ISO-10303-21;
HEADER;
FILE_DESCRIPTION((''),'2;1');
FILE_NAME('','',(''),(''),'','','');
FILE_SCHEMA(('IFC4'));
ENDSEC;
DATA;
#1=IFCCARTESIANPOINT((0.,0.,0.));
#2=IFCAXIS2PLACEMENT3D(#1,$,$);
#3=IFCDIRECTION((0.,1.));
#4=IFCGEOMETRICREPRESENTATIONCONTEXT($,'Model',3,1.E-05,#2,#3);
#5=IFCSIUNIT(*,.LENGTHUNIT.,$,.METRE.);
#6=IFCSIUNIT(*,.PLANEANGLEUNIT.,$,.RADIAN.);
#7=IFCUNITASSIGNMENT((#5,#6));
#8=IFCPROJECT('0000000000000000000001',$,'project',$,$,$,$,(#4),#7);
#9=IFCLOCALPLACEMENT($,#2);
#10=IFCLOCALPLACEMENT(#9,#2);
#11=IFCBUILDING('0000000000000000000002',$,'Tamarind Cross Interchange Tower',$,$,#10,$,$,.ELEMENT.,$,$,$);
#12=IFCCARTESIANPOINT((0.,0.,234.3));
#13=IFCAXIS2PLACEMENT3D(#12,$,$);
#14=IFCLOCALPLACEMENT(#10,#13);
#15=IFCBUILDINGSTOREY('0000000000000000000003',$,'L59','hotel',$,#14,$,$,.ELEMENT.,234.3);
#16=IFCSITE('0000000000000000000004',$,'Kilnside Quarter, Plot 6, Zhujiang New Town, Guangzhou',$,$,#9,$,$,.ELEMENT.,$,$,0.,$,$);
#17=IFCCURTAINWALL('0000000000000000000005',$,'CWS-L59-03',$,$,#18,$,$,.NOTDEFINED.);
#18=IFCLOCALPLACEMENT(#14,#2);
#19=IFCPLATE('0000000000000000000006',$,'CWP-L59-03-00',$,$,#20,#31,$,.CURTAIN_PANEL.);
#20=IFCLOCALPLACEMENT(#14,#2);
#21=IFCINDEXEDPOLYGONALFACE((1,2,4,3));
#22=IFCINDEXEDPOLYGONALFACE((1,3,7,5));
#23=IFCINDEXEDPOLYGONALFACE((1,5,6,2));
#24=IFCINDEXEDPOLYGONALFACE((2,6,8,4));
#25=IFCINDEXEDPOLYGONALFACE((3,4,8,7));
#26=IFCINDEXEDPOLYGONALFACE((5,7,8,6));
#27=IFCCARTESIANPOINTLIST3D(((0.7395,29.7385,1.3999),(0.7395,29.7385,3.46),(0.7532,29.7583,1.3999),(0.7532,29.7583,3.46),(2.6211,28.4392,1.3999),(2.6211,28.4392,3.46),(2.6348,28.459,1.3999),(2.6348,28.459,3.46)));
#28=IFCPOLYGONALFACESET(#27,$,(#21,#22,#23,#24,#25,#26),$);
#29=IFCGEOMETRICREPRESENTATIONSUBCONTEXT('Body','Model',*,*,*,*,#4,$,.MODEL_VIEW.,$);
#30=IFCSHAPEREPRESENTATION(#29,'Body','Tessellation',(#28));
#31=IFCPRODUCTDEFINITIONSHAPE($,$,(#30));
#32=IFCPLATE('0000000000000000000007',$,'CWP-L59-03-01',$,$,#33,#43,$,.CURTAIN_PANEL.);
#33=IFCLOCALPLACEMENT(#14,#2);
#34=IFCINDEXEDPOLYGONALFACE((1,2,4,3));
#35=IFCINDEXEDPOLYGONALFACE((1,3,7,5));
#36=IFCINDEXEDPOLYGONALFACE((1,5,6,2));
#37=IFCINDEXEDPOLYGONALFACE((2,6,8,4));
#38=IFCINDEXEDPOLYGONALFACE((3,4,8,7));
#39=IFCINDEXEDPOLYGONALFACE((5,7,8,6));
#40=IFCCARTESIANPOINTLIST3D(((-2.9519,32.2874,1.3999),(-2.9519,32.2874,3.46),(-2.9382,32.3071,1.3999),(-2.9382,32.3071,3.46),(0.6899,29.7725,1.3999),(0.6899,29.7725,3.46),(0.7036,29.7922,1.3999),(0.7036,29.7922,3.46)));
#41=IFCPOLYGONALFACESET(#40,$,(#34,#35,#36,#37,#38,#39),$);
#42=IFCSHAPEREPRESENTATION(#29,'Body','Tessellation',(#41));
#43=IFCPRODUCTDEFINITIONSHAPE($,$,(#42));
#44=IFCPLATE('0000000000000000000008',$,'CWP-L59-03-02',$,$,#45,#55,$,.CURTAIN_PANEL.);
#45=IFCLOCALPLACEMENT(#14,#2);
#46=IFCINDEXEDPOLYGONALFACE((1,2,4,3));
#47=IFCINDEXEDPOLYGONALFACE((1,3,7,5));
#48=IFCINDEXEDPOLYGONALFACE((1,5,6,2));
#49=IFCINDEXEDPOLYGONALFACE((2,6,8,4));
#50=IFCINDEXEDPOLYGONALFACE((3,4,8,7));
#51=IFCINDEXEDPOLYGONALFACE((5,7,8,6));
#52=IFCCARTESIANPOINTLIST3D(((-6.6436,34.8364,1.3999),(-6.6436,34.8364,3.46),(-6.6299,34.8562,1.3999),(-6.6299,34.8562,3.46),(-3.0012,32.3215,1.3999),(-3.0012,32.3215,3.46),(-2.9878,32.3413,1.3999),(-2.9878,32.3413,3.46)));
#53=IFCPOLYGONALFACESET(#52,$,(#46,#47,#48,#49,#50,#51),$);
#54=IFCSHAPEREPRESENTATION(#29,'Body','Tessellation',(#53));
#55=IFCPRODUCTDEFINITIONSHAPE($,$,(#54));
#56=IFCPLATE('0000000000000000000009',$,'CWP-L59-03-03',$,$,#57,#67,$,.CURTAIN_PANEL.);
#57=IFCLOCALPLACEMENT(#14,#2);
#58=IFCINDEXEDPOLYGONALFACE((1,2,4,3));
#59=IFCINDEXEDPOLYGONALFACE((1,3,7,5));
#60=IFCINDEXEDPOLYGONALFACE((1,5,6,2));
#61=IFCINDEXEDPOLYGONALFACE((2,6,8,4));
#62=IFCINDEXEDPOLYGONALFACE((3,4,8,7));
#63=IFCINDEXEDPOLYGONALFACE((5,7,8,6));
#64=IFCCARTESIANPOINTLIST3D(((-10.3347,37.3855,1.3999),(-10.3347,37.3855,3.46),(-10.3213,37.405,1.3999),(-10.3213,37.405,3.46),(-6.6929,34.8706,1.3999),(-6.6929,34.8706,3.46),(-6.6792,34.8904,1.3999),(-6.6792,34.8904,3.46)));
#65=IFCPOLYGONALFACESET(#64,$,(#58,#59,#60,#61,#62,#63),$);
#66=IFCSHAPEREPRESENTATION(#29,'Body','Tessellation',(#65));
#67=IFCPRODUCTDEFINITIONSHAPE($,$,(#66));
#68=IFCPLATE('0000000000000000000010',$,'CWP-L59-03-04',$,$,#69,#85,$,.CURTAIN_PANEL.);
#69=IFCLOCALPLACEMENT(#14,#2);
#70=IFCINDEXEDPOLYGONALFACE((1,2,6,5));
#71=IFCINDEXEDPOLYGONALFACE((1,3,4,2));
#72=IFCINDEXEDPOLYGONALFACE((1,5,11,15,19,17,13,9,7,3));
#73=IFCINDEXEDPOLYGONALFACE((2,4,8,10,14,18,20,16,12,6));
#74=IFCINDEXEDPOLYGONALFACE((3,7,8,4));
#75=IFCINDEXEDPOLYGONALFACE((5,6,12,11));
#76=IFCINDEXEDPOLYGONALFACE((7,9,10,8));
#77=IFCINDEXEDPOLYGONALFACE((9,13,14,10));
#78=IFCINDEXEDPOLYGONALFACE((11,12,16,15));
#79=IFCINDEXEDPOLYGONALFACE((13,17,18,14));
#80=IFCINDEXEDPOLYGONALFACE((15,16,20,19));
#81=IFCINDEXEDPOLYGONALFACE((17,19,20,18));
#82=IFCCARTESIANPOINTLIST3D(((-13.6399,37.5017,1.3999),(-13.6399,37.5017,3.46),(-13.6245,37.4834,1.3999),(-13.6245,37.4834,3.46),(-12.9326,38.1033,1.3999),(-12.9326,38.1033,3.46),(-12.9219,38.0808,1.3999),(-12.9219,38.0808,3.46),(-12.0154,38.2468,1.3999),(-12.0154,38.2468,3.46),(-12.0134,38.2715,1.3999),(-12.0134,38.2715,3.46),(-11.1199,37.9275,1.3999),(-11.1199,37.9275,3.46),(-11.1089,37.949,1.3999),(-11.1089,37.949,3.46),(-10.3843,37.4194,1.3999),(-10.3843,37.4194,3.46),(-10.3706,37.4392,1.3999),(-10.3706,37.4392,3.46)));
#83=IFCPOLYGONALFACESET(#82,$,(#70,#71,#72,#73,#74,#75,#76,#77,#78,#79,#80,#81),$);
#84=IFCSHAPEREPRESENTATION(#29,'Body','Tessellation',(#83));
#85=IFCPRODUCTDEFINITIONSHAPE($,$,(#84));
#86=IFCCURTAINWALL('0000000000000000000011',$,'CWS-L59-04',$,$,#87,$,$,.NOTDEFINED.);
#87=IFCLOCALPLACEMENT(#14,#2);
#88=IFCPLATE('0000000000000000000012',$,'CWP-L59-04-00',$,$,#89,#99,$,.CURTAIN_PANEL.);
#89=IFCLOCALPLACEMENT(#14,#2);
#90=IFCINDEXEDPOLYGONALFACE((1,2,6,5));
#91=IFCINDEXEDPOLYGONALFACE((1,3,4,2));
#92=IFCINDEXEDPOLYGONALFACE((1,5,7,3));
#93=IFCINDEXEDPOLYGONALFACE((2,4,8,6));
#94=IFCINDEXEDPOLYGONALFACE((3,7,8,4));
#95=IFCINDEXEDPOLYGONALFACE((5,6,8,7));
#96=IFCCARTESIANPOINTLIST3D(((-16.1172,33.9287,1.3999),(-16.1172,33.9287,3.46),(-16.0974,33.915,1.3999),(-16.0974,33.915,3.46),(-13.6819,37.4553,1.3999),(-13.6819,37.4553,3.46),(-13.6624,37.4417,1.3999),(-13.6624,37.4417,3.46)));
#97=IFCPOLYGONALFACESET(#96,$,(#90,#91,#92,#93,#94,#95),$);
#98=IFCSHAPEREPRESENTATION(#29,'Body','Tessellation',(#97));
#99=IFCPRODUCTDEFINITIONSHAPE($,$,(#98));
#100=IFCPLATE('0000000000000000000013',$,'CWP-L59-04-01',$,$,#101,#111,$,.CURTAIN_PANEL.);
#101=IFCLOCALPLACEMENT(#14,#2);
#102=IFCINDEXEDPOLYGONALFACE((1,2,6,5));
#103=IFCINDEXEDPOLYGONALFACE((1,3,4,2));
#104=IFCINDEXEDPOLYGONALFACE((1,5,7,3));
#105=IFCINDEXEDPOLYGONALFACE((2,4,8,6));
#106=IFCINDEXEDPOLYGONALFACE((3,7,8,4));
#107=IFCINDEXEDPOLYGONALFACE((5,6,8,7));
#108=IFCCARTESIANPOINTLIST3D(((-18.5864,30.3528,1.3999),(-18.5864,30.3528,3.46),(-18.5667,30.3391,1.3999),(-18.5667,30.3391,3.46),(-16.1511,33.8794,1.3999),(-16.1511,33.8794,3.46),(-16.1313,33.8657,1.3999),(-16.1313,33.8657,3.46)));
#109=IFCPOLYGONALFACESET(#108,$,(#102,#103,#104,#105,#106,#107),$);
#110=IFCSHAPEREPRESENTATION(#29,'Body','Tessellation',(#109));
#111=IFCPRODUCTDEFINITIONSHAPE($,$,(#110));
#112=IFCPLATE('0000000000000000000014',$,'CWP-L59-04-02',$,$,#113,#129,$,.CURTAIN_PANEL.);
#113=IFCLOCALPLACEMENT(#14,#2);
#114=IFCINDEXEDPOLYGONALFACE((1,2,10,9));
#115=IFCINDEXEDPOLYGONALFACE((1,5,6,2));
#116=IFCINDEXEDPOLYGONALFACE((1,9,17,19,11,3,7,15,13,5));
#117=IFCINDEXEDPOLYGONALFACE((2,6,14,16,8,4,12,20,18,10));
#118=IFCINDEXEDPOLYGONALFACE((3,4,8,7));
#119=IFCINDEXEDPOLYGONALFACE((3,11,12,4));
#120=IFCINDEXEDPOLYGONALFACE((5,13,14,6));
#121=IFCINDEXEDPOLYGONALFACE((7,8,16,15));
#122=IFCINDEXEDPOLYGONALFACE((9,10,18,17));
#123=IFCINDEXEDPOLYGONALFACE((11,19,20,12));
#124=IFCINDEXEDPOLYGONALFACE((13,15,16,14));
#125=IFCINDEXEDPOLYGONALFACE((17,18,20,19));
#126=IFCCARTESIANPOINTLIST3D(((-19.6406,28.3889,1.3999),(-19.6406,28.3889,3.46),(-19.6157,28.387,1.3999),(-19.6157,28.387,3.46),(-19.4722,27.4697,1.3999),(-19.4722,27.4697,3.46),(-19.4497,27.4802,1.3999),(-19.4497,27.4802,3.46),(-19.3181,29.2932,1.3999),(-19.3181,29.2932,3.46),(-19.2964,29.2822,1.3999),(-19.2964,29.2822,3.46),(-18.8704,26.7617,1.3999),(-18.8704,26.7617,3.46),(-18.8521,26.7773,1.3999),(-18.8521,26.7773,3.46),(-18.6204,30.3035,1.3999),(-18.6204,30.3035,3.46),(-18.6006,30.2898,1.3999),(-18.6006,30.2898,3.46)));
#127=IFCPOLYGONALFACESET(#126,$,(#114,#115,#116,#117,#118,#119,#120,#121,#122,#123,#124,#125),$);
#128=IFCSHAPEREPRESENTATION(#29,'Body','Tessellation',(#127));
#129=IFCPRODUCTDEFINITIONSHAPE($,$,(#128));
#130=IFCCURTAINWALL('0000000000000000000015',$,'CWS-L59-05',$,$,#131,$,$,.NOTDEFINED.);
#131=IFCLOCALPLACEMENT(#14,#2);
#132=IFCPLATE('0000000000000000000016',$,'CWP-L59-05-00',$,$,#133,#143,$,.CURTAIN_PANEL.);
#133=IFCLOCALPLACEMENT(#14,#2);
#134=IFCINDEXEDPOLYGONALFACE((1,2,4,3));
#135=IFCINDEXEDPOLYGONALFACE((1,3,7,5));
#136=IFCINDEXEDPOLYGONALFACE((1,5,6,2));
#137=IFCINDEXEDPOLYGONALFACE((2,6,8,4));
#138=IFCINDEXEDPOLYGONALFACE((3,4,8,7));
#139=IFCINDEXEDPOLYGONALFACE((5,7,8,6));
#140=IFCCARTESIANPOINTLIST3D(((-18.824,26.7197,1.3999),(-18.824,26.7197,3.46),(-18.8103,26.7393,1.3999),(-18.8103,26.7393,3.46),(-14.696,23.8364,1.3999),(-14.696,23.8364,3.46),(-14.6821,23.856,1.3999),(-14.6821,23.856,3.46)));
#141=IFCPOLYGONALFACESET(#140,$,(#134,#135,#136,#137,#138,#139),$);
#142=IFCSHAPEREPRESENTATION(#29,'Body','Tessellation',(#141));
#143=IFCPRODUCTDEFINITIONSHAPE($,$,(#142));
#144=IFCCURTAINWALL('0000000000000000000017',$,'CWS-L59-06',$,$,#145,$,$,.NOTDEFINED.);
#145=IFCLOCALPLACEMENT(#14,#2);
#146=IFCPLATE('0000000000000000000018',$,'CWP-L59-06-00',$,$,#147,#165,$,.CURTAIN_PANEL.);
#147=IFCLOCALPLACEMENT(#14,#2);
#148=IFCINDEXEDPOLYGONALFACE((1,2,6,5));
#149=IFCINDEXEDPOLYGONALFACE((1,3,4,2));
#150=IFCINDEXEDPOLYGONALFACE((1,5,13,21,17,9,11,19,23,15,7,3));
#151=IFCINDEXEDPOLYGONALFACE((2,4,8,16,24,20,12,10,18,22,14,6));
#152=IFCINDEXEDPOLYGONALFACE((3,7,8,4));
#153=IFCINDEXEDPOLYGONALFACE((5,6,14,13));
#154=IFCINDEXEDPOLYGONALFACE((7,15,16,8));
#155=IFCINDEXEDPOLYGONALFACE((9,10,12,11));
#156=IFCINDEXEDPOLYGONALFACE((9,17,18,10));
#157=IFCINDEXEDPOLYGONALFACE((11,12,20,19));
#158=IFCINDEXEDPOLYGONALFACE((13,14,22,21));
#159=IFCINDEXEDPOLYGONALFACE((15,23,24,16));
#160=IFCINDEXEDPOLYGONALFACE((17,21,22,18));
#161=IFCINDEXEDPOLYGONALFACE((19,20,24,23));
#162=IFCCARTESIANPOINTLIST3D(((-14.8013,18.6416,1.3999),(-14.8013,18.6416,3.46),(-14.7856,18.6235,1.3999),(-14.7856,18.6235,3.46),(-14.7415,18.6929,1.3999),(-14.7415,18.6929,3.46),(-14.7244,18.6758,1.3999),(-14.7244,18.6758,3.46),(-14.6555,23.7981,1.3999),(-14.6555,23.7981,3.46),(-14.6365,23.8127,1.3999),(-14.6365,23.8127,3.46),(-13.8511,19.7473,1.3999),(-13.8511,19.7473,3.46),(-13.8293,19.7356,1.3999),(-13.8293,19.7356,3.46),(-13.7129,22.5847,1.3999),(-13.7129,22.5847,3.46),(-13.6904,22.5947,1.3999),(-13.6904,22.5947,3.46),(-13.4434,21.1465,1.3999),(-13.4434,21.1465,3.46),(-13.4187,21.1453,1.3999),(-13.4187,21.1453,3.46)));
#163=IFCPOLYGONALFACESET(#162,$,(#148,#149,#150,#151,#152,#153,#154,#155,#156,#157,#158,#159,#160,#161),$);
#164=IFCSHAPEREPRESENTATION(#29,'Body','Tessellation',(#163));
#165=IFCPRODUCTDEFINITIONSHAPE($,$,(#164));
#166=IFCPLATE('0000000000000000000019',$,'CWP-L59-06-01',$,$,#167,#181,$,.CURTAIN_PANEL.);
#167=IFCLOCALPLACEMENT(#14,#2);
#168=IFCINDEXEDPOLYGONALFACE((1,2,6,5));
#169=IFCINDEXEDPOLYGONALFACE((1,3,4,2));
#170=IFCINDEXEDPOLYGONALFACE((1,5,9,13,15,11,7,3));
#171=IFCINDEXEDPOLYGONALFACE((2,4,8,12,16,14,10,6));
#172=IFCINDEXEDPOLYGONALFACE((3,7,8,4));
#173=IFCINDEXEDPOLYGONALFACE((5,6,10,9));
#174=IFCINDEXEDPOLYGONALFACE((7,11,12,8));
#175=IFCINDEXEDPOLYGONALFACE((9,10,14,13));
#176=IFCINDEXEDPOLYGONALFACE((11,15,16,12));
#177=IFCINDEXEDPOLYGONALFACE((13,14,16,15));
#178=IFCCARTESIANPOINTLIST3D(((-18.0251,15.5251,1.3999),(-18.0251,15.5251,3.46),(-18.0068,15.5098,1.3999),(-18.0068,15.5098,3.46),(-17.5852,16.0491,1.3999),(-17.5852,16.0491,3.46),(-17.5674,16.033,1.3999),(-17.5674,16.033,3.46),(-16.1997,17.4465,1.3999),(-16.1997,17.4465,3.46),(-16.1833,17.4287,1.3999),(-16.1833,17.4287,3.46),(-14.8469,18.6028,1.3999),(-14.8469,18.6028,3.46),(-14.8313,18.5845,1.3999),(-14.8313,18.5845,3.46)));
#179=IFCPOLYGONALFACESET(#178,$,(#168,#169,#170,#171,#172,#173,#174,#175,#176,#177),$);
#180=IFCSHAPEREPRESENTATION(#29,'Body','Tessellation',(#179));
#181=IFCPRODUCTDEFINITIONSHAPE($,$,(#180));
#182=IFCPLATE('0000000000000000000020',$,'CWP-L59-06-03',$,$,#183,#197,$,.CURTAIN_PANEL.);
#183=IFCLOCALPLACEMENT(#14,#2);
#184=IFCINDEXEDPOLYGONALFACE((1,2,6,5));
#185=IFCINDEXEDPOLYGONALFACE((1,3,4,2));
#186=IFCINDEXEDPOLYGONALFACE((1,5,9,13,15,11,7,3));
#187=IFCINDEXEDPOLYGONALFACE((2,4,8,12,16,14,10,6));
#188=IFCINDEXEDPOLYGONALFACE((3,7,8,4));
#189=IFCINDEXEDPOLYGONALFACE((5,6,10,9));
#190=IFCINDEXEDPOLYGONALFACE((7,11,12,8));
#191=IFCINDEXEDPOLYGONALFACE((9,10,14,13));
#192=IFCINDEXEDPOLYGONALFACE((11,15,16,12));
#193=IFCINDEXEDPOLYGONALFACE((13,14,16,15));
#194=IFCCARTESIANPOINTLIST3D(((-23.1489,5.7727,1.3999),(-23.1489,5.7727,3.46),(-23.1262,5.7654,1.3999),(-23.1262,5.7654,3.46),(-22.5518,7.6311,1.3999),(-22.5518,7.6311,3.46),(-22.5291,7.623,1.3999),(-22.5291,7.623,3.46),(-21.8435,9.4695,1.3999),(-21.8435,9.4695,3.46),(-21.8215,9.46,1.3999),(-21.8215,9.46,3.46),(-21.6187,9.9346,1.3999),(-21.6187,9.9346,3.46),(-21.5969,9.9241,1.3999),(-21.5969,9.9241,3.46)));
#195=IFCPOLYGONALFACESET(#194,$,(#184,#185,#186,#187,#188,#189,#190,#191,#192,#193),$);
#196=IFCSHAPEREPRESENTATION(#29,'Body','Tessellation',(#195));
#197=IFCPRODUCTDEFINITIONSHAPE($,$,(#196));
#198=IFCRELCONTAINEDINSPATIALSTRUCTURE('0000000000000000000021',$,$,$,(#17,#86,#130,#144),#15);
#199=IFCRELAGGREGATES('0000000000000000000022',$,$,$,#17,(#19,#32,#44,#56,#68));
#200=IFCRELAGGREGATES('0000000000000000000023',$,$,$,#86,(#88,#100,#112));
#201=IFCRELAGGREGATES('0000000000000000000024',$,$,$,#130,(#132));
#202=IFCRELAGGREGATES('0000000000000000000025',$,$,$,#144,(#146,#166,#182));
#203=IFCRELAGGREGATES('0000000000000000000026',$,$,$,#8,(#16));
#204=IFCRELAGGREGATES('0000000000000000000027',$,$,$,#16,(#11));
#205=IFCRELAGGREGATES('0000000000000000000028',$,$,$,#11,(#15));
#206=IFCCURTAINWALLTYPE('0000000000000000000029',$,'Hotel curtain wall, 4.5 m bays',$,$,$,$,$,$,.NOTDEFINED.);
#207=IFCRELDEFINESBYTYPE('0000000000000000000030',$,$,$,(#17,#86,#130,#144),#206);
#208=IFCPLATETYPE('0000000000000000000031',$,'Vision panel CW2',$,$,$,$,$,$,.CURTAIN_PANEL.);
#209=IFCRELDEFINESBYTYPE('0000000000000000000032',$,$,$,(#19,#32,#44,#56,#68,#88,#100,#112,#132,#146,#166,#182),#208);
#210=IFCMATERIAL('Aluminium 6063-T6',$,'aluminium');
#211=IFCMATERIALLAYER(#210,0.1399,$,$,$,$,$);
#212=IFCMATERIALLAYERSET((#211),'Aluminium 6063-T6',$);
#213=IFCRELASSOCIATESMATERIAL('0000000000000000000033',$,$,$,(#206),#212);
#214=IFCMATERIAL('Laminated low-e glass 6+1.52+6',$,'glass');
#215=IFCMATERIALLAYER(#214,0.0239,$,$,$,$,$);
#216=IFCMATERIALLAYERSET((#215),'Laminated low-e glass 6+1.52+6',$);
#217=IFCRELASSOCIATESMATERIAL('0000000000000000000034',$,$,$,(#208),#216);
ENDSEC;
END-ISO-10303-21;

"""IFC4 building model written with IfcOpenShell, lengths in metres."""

from ifc_helpers import new_model, si_unit, direction, frame, origin, place, context, subcontext, project, spatial, polyline, outline, extrude, material, layer, layer_set, type_object, element, aggregate, save


model = new_model("IFC4")

# Units and contexts
model_context = context("Model", 3, precision=1e-05, world=origin(), true_north=direction((0.0, 1.0)))
body_context = subcontext(model_context, "Body", "Model", "MODEL_VIEW")
ifc_project = project(units=[si_unit("LENGTHUNIT", "METRE"), si_unit("PLANEANGLEUNIT", "RADIAN")], contexts=[model_context])

# Site, building, storey
site_placement = place(None, origin())
site = spatial("IfcSite", under=ifc_project, at=site_placement, Name="Kilnside Quarter, Plot 6, Zhujiang New Town, Guangzhou", CompositionType="ELEMENT", RefElevation=0.0)
building_placement = place(site_placement, origin())
building = spatial("IfcBuilding", under=site, at=building_placement, Name="Tamarind Cross Interchange Tower", CompositionType="ELEMENT")
storey_placement = place(building_placement, frame((0.0, 0.0, 234.3)))
storey = spatial("IfcBuildingStorey", under=building, at=storey_placement, Name="L59", Description="hotel", CompositionType="ELEMENT", Elevation=234.3)

# Curtain walls, plates
ifc_material_1 = material(Name="Aluminium 6063-T6", Category="aluminium")
ifc_layer_1 = layer(ifc_material_1, 0.1399)
ifc_layer_set_1 = layer_set([ifc_layer_1], Name="Aluminium 6063-T6")
curtain_wall_type = type_object("IfcCurtainWallType", Name="Hotel curtain wall, 4.5 m bays", PredefinedType="NOTDEFINED", material=ifc_layer_set_1)
curtain_wall_1_placement = place(storey_placement, origin())
curtain_wall_1 = element("IfcCurtainWall", 1, at=curtain_wall_1_placement, inside=storey, type_object=curtain_wall_type, Name="CWS-L59-03", PredefinedType="NOTDEFINED")
ifc_material_2 = material(Name="Laminated low-e glass 6+1.52+6", Category="glass")
ifc_layer_2 = layer(ifc_material_2, 0.0239)
ifc_layer_set_2 = layer_set([ifc_layer_2], Name="Laminated low-e glass 6+1.52+6")
plate_type = type_object("IfcPlateType", Name="Vision panel CW2", PredefinedType="CURTAIN_PANEL", material=ifc_layer_set_2)
plate_1_placement = place(storey_placement, frame((0.0, 0.0, 1.3999)))
plate_1 = element("IfcPlate", 2, at=plate_1_placement, type_object=plate_type, Name="CWP-L59-03-00", PredefinedType="CURTAIN_PANEL", context=body_context, shape_type="SweptSolid", body=[
    extrude(outline(polyline([(2.6211, 28.4392), (0.7395, 29.7385), (0.7532, 29.7583), (2.6348, 28.459), (2.6211, 28.4392)])), origin(), (0.0, 0.0, 1.0), 2.0601),
])
plate_2_placement = place(storey_placement, frame((0.0, 0.0, 1.3999)))
plate_2 = element("IfcPlate", 3, at=plate_2_placement, type_object=plate_type, Name="CWP-L59-03-01", PredefinedType="CURTAIN_PANEL", context=body_context, shape_type="SweptSolid", body=[
    extrude(outline(polyline([(0.6899, 29.7725), (-2.9519, 32.2874), (-2.9382, 32.3071), (0.7036, 29.7922), (0.6899, 29.7725)])), origin(), (0.0, 0.0, 1.0), 2.0601),
])
plate_3_placement = place(storey_placement, frame((0.0, 0.0, 1.3999)))
plate_3 = element("IfcPlate", 4, at=plate_3_placement, type_object=plate_type, Name="CWP-L59-03-02", PredefinedType="CURTAIN_PANEL", context=body_context, shape_type="SweptSolid", body=[
    extrude(outline(polyline([(-3.0012, 32.3215), (-6.6436, 34.8364), (-6.6299, 34.8562), (-2.9878, 32.3413), (-3.0012, 32.3215)])), origin(), (0.0, 0.0, 1.0), 2.0601),
])
plate_4_placement = place(storey_placement, frame((0.0, 0.0, 1.3999)))
plate_4 = element("IfcPlate", 5, at=plate_4_placement, type_object=plate_type, Name="CWP-L59-03-03", PredefinedType="CURTAIN_PANEL", context=body_context, shape_type="SweptSolid", body=[
    extrude(outline(polyline([(-6.6929, 34.8706), (-10.3347, 37.3855), (-10.3213, 37.405), (-6.6792, 34.8904), (-6.6929, 34.8706)])), origin(), (0.0, 0.0, 1.0), 2.0601),
])
plate_5_placement = place(storey_placement, frame((0.0, 0.0, 1.3999)))
plate_5 = element("IfcPlate", 6, at=plate_5_placement, type_object=plate_type, Name="CWP-L59-03-04", PredefinedType="CURTAIN_PANEL", context=body_context, shape_type="SweptSolid", body=[
    extrude(outline(polyline([(-10.3843, 37.4194), (-11.1199, 37.9275), (-12.0154, 38.2468), (-12.9219, 38.0808), (-13.6245, 37.4834), (-13.6399, 37.5017), (-12.9326, 38.1033), (-12.0134, 38.2715), (-11.1089, 37.949), (-10.3706, 37.4392), (-10.3843, 37.4194)])), origin(), (0.0, 0.0, 1.0), 2.0601),
])
aggregate(curtain_wall_1, [plate_1, plate_2, plate_3, plate_4, plate_5])
curtain_wall_2_placement = place(storey_placement, origin())
curtain_wall_2 = element("IfcCurtainWall", 7, at=curtain_wall_2_placement, inside=storey, type_object=curtain_wall_type, Name="CWS-L59-04", PredefinedType="NOTDEFINED")
plate_6_placement = place(storey_placement, frame((0.0, 0.0, 1.3999)))
plate_6 = element("IfcPlate", 8, at=plate_6_placement, type_object=plate_type, Name="CWP-L59-04-00", PredefinedType="CURTAIN_PANEL", context=body_context, shape_type="SweptSolid", body=[
    extrude(outline(polyline([(-13.6624, 37.4417), (-16.0974, 33.915), (-16.1172, 33.9287), (-13.6819, 37.4553), (-13.6624, 37.4417)])), origin(), (0.0, 0.0, 1.0), 2.0601),
])
plate_7_placement = place(storey_placement, frame((0.0, 0.0, 1.3999)))
plate_7 = element("IfcPlate", 9, at=plate_7_placement, type_object=plate_type, Name="CWP-L59-04-01", PredefinedType="CURTAIN_PANEL", context=body_context, shape_type="SweptSolid", body=[
    extrude(outline(polyline([(-16.1313, 33.8657), (-18.5667, 30.3391), (-18.5864, 30.3528), (-16.1511, 33.8794), (-16.1313, 33.8657)])), origin(), (0.0, 0.0, 1.0), 2.0601),
])
plate_8_placement = place(storey_placement, frame((0.0, 0.0, 1.3999)))
plate_8 = element("IfcPlate", 10, at=plate_8_placement, type_object=plate_type, Name="CWP-L59-04-02", PredefinedType="CURTAIN_PANEL", context=body_context, shape_type="SweptSolid", body=[
    extrude(outline(polyline([(-18.6006, 30.2898), (-19.2964, 29.2822), (-19.6157, 28.387), (-19.4497, 27.4802), (-18.8521, 26.7773), (-18.8704, 26.7617), (-19.4722, 27.4697), (-19.6406, 28.3889), (-19.3181, 29.2932), (-18.6204, 30.3035), (-18.6006, 30.2898)])), origin(), (0.0, 0.0, 1.0), 2.0601),
])
aggregate(curtain_wall_2, [plate_6, plate_7, plate_8])

# Curtain wall, plate
curtain_wall_3_placement = place(storey_placement, origin())
curtain_wall_3 = element("IfcCurtainWall", 11, at=curtain_wall_3_placement, inside=storey, type_object=curtain_wall_type, Name="CWS-L59-05", PredefinedType="NOTDEFINED")
plate_9_placement = place(storey_placement, frame((0.0, 0.0, 1.3999)))
plate_9 = element("IfcPlate", 12, at=plate_9_placement, type_object=plate_type, Name="CWP-L59-05-00", PredefinedType="CURTAIN_PANEL", context=body_context, shape_type="SweptSolid", body=[
    extrude(outline(polyline([(-18.8103, 26.7393), (-14.6821, 23.856), (-14.696, 23.8364), (-18.824, 26.7197), (-18.8103, 26.7393)])), origin(), (0.0, 0.0, 1.0), 2.0601),
])
aggregate(curtain_wall_3, [plate_9])

# Curtain wall, plates
curtain_wall_4_placement = place(storey_placement, origin())
curtain_wall_4 = element("IfcCurtainWall", 13, at=curtain_wall_4_placement, inside=storey, type_object=curtain_wall_type, Name="CWS-L59-06", PredefinedType="NOTDEFINED")
plate_10_placement = place(storey_placement, frame((0.0, 0.0, 1.3999)))
plate_10 = element("IfcPlate", 14, at=plate_10_placement, type_object=plate_type, Name="CWP-L59-06-00", PredefinedType="CURTAIN_PANEL", context=body_context, shape_type="SweptSolid", body=[
    extrude(outline(polyline([(-14.6365, 23.8127), (-13.6904, 22.5947), (-13.4187, 21.1453), (-13.8293, 19.7356), (-14.7244, 18.6758), (-14.7856, 18.6235), (-14.8013, 18.6416), (-14.7415, 18.6929), (-13.8511, 19.7473), (-13.4434, 21.1465), (-13.7129, 22.5847), (-14.6555, 23.7981), (-14.6365, 23.8127)])), origin(), (0.0, 0.0, 1.0), 2.0601),
])
plate_11_placement = place(storey_placement, frame((0.0, 0.0, 1.3999)))
plate_11 = element("IfcPlate", 15, at=plate_11_placement, type_object=plate_type, Name="CWP-L59-06-01", PredefinedType="CURTAIN_PANEL", context=body_context, shape_type="SweptSolid", body=[
    extrude(outline(polyline([(-14.8313, 18.5845), (-16.1833, 17.4287), (-17.5674, 16.033), (-18.0068, 15.5098), (-18.0251, 15.5251), (-17.5852, 16.0491), (-16.1997, 17.4465), (-14.8469, 18.6028), (-14.8313, 18.5845)])), origin(), (0.0, 0.0, 1.0), 2.0601),
])
plate_12_placement = place(storey_placement, frame((0.0, 0.0, 1.3999)))
plate_12 = element("IfcPlate", 16, at=plate_12_placement, type_object=plate_type, Name="CWP-L59-06-03", PredefinedType="CURTAIN_PANEL", context=body_context, shape_type="SweptSolid", body=[
    extrude(outline(polyline([(-21.5969, 9.9241), (-21.8215, 9.46), (-22.5291, 7.623), (-23.1262, 5.7654), (-23.1489, 5.7727), (-22.5518, 7.6311), (-21.8435, 9.4695), (-21.6187, 9.9346), (-21.5969, 9.9241)])), origin(), (0.0, 0.0, 1.0), 2.0601),
])
aggregate(curtain_wall_4, [plate_10, plate_11, plate_12])

save(model, "model.ifc")
